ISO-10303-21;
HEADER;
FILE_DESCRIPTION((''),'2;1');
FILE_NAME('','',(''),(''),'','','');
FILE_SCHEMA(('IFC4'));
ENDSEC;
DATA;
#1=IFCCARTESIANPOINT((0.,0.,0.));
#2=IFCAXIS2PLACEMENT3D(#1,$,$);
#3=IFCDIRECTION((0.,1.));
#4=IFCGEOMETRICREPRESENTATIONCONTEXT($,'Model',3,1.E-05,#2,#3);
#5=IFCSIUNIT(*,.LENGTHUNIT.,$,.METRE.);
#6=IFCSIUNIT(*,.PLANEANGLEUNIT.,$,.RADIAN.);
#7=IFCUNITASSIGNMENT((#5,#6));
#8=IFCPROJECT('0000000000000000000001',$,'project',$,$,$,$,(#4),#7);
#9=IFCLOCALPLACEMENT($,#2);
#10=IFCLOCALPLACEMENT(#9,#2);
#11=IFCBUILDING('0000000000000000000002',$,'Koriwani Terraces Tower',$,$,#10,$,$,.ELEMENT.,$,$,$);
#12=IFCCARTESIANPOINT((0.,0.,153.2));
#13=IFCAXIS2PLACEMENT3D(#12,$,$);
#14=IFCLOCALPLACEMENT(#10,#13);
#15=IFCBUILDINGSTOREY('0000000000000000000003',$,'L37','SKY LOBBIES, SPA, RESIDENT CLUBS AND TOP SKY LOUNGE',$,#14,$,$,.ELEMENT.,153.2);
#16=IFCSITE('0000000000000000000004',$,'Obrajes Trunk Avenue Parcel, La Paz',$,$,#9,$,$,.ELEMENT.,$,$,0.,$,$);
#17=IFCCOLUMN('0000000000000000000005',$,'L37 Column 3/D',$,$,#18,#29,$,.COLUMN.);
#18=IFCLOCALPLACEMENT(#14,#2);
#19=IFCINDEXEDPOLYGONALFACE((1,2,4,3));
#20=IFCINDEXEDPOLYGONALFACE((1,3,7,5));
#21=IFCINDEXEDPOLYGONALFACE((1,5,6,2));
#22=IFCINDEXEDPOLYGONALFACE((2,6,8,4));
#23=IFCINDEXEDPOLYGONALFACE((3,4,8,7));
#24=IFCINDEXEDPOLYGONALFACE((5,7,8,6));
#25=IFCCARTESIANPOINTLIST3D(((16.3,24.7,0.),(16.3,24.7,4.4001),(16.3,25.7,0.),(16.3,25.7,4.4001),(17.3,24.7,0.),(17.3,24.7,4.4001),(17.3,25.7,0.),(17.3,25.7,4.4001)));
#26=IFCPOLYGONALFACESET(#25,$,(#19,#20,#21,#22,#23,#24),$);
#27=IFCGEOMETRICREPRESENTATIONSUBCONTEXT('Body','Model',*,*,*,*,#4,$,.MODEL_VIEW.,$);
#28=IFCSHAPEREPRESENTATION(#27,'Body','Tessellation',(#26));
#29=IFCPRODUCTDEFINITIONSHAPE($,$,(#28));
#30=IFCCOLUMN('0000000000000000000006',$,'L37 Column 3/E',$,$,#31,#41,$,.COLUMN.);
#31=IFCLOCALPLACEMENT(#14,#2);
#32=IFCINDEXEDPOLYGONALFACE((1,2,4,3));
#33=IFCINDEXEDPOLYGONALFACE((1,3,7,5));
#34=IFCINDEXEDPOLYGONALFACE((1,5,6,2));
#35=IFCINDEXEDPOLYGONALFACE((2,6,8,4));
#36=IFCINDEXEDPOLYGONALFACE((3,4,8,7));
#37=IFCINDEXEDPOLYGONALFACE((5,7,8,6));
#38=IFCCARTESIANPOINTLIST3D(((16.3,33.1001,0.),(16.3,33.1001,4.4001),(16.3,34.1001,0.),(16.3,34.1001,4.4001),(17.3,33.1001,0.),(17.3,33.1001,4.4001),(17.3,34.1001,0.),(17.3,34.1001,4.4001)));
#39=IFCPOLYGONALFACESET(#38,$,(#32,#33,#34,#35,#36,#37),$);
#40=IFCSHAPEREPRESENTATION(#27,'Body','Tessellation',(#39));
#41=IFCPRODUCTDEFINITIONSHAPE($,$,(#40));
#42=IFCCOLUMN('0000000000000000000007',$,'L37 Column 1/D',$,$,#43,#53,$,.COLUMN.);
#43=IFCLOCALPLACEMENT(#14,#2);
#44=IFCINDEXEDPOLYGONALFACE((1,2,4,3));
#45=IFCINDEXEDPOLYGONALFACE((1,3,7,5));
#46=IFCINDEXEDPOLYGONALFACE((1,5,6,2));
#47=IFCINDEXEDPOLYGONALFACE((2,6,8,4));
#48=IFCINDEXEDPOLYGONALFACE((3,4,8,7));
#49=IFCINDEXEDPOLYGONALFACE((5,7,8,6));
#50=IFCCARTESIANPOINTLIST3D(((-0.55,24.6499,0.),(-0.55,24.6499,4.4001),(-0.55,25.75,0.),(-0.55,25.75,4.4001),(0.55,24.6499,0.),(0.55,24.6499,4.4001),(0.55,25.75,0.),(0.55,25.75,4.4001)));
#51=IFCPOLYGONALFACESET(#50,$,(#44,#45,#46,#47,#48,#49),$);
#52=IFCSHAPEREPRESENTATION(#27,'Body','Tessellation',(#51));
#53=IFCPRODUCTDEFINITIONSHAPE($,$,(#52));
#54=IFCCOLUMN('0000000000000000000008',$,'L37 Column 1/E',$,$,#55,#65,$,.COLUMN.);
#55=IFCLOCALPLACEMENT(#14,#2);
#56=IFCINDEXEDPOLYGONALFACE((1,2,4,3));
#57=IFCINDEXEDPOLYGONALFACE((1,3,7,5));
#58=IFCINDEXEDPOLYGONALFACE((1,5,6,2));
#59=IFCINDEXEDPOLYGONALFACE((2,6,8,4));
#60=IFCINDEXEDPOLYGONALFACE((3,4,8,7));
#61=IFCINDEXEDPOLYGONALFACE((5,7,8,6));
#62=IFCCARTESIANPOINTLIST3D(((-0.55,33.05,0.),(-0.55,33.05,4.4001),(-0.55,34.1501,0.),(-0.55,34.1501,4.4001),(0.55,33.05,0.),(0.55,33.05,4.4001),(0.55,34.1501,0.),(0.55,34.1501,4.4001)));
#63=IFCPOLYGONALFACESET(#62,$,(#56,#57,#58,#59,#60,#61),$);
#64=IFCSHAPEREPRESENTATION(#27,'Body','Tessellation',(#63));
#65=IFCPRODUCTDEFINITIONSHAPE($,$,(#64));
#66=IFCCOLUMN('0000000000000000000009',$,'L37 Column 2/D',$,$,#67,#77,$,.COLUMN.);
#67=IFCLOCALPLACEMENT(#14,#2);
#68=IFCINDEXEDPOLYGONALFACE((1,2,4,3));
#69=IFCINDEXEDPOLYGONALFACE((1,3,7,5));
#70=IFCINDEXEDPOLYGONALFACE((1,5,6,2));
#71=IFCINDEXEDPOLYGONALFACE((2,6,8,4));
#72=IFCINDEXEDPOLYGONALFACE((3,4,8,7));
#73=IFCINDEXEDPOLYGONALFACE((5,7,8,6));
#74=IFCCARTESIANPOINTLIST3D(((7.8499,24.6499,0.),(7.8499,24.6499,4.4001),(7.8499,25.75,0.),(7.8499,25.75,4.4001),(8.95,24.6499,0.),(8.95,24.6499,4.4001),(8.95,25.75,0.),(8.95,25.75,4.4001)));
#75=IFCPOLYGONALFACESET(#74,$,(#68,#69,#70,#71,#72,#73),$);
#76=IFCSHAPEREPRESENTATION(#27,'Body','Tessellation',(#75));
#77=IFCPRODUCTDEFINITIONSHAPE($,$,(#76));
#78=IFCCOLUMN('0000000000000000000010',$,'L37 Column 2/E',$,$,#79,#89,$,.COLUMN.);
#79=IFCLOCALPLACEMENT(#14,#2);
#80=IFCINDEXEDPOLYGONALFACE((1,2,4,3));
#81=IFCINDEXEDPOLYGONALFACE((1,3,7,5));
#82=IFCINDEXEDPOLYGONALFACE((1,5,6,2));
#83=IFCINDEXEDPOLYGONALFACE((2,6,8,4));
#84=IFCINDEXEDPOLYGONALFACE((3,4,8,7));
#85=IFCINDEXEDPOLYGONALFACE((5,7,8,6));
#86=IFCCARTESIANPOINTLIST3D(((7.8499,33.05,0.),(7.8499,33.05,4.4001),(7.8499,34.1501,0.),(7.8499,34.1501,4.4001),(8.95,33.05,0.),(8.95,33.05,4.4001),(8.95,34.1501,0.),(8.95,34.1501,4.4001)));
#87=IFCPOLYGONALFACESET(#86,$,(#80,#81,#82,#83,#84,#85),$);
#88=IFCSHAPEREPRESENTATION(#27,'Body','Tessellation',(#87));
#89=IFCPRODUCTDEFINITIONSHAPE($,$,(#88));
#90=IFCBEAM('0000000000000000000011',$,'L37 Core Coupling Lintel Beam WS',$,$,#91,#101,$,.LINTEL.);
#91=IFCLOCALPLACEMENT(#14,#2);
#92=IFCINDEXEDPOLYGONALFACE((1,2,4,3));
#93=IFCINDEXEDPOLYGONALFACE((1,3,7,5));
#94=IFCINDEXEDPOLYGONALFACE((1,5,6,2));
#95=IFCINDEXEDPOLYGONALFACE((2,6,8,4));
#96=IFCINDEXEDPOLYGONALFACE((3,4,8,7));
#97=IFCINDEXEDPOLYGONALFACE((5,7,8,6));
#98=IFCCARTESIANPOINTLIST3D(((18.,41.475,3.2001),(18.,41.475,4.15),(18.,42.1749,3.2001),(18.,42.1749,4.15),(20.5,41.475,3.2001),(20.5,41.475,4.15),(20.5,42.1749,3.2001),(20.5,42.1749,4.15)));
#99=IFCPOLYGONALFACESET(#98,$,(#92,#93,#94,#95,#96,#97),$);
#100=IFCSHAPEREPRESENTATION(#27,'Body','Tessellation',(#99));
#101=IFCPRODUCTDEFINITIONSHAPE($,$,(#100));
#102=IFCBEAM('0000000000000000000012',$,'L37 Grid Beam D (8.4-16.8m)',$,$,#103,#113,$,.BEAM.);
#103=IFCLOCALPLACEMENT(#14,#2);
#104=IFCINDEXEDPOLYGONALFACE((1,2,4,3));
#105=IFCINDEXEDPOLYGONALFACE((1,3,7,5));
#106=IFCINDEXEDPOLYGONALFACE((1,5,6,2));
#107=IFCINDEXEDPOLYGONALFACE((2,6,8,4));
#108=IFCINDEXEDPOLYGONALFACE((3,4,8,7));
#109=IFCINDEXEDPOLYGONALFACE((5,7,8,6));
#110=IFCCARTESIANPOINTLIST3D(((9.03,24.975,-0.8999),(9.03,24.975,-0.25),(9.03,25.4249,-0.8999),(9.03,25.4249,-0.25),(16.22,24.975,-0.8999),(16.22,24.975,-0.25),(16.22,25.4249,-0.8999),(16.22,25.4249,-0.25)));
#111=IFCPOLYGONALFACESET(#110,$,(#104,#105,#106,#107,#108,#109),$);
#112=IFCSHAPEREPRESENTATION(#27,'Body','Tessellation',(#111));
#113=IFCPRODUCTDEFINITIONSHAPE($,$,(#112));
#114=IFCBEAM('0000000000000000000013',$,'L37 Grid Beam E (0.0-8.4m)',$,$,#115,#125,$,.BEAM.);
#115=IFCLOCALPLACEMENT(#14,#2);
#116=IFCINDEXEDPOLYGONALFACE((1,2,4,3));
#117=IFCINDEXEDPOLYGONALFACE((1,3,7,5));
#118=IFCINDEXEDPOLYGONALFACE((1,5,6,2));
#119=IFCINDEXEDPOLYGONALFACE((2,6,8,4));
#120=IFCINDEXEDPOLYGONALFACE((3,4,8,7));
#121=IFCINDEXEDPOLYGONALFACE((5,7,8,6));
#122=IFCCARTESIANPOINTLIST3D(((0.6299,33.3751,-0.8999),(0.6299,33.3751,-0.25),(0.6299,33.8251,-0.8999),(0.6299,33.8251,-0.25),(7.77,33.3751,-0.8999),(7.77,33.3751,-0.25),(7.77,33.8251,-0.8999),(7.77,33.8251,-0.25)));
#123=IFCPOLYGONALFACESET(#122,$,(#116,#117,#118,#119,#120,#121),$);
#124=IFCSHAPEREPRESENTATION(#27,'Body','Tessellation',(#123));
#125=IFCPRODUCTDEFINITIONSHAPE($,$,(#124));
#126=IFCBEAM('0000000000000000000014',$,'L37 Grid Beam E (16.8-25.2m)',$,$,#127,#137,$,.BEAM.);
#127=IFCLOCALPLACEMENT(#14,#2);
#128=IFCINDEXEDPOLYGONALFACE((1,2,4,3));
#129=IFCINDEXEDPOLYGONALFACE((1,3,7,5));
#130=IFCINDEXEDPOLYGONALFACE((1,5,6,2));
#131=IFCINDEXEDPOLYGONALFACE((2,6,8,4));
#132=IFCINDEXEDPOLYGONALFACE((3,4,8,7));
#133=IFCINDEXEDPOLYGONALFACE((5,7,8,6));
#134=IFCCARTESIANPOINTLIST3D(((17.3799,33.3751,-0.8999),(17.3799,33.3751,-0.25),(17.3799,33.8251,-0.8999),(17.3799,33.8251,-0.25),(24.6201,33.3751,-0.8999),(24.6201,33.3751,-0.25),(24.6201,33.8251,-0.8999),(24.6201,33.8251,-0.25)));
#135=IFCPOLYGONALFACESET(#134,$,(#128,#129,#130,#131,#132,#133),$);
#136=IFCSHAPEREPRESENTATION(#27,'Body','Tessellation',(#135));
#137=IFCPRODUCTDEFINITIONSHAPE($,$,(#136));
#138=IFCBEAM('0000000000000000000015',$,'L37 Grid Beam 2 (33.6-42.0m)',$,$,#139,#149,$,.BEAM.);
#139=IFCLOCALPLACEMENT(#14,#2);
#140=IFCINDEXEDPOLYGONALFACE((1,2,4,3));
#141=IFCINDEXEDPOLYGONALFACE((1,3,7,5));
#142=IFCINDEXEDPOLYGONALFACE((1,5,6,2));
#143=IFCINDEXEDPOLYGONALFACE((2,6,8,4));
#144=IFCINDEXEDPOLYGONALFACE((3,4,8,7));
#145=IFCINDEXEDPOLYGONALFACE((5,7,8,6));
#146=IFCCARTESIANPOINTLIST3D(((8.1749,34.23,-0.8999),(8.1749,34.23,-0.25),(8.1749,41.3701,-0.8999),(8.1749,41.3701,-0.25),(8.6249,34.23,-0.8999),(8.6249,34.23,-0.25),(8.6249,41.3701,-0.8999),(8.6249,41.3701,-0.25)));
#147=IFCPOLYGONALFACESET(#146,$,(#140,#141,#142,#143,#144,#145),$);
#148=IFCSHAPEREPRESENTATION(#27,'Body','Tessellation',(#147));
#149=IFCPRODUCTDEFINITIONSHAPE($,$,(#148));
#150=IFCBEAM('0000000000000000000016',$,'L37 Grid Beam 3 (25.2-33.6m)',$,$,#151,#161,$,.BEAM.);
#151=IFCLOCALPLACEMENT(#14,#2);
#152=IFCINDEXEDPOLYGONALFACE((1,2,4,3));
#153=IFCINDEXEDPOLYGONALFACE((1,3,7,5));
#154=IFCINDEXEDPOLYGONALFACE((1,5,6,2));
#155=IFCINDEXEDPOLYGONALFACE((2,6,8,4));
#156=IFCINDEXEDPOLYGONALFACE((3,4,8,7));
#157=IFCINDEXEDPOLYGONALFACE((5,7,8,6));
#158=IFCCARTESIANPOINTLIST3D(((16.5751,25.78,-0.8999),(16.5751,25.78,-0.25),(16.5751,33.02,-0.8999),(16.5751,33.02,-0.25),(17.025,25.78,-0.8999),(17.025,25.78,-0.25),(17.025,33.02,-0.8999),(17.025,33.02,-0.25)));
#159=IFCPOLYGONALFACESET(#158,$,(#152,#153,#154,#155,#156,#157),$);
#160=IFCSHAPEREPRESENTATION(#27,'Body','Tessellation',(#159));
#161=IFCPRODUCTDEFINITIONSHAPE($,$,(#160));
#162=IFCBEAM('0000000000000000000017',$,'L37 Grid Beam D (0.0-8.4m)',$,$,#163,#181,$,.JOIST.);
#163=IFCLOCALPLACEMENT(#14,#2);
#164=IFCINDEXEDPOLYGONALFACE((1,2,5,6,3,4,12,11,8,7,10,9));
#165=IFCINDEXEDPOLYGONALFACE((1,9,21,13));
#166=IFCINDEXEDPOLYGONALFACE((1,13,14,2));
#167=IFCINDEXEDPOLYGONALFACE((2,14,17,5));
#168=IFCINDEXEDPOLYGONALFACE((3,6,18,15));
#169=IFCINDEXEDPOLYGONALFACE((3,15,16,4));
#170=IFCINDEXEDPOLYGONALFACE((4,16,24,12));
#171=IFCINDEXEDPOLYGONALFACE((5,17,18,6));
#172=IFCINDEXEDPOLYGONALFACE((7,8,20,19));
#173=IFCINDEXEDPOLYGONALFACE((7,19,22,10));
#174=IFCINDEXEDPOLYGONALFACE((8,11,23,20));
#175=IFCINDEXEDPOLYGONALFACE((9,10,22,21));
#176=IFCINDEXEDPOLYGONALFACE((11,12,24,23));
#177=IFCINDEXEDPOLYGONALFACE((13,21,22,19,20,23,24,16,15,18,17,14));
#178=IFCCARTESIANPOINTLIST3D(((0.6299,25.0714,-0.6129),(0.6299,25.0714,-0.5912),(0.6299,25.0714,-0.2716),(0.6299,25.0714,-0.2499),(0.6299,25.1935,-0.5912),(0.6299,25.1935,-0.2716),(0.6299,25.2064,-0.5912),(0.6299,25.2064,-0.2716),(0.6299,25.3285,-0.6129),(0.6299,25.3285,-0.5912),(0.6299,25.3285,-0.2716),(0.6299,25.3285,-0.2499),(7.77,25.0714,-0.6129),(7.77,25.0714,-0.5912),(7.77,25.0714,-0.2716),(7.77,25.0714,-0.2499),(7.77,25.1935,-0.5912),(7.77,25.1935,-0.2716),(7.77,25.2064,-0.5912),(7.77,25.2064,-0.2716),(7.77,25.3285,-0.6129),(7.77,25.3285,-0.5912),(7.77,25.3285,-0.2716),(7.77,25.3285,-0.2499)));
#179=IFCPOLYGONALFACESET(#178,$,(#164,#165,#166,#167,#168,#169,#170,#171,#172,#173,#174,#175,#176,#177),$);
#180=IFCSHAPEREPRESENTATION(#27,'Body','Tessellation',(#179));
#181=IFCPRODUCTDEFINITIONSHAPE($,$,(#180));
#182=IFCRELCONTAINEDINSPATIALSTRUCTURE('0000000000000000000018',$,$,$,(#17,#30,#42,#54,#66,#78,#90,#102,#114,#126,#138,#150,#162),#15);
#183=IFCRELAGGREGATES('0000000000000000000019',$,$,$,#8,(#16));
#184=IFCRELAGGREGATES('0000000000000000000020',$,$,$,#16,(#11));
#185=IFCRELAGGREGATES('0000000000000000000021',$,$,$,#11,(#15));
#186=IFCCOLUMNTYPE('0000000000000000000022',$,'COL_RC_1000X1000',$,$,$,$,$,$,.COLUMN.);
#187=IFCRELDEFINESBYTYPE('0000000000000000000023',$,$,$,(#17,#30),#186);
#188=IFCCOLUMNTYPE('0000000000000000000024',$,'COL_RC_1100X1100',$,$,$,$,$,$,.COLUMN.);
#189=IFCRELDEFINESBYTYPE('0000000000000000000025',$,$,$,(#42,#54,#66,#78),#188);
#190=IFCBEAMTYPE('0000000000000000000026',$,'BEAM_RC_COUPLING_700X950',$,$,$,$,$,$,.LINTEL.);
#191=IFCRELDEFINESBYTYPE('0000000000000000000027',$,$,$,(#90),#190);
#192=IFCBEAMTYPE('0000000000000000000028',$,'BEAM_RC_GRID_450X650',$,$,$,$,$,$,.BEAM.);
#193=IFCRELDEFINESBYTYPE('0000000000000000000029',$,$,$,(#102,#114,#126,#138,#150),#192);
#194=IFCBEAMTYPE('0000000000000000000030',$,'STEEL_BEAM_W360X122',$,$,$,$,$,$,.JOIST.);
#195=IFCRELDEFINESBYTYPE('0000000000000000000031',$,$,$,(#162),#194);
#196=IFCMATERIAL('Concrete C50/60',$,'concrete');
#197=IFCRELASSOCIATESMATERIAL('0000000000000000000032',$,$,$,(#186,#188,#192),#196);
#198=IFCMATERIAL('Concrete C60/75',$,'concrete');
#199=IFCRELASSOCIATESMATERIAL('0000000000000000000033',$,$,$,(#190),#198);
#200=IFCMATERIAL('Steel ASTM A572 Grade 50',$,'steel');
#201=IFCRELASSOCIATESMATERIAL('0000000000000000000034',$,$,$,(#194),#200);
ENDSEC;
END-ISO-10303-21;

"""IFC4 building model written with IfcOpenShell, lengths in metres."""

from ifc_helpers import new_model, si_unit, direction, frame, origin, origin_2d, place, context, subcontext, project, spatial, rectangle, i_section, extrude, material, material_profile, profile_set, type_object, element, save


model = new_model("IFC4")

# Units and contexts
model_context = context("Model", 3, precision=1e-05, world=origin(), true_north=direction((0.0, 1.0)))
body_context = subcontext(model_context, "Body", "Model", "MODEL_VIEW")
ifc_project = project(units=[si_unit("LENGTHUNIT", "METRE"), si_unit("PLANEANGLEUNIT", "RADIAN")], contexts=[model_context])

# Site, building, storey
site_placement = place(None, origin())
site = spatial("IfcSite", under=ifc_project, at=site_placement, Name="Obrajes Trunk Avenue Parcel, La Paz", CompositionType="ELEMENT", RefElevation=0.0)
building_placement = place(site_placement, origin())
building = spatial("IfcBuilding", under=site, at=building_placement, Name="Koriwani Terraces Tower", CompositionType="ELEMENT")
storey_placement = place(building_placement, frame((0.0, 0.0, 153.2)))
storey = spatial("IfcBuildingStorey", under=building, at=storey_placement, Name="L37", Description="SKY LOBBIES, SPA, RESIDENT CLUBS AND TOP SKY LOUNGE", CompositionType="ELEMENT", Elevation=153.2)

# Columns
ifc_material_1 = material(Name="Concrete C50/60", Category="concrete")
ifc_material_profile_1 = material_profile(ifc_material_1, rectangle(XDim=1.0, YDim=1.0, at=origin_2d()), Name="Concrete C50/60", Category="LoadBearing")
ifc_profile_set_1 = profile_set([ifc_material_profile_1], Name="Concrete C50/60")
column_type_1 = type_object("IfcColumnType", Name="COL_RC_1000X1000", PredefinedType="COLUMN", material=ifc_profile_set_1)
for number, where, z_axis, x_axis, name in (
    (1, (16.8, 25.2, 0.0), (0.0, 0.0, 1.0), (1.0, 0.0, 0.0), "L37 Column 3/D"),
    (2, (16.8, 33.6001, 0.0), (0.0, 0.0, 1.0), (1.0, 0.0, 0.0), "L37 Column 3/E"),
):
    element("IfcColumn", number, at=place(storey_placement, frame(where, z_axis=z_axis, x_axis=x_axis)), inside=storey, type_object=column_type_1, Name=name, PredefinedType="COLUMN", context=body_context, shape_type="SweptSolid", body=[
        extrude(rectangle(XDim=1.0, YDim=1.0, at=origin_2d()), origin(), (0.0, 0.0, 1.0), 4.4001),
    ])
ifc_material_profile_2 = material_profile(ifc_material_1, rectangle(XDim=1.1001, YDim=1.1001, at=origin_2d()), Name="Concrete C50/60", Category="LoadBearing")
ifc_profile_set_2 = profile_set([ifc_material_profile_2], Name="Concrete C50/60")
column_type_2 = type_object("IfcColumnType", Name="COL_RC_1100X1100", PredefinedType="COLUMN", material=ifc_profile_set_2)
for number, where, z_axis, x_axis, name in (
    (3, (0.0, 25.2, 0.0), (0.0, 0.0, 1.0), (1.0, 0.0, 0.0), "L37 Column 1/D"),
    (4, (0.0, 33.6001, 0.0), (0.0, 0.0, 1.0), (1.0, 0.0, 0.0), "L37 Column 1/E"),
    (5, (8.3999, 25.2, 0.0), (0.0, 0.0, 1.0), (1.0, 0.0, 0.0), "L37 Column 2/D"),
    (6, (8.3999, 33.6001, 0.0), (0.0, 0.0, 1.0), (1.0, 0.0, 0.0), "L37 Column 2/E"),
):
    element("IfcColumn", number, at=place(storey_placement, frame(where, z_axis=z_axis, x_axis=x_axis)), inside=storey, type_object=column_type_2, Name=name, PredefinedType="COLUMN", context=body_context, shape_type="SweptSolid", body=[
        extrude(rectangle(XDim=1.1001, YDim=1.1001, at=origin_2d()), origin(), (0.0, 0.0, 1.0), 4.4001),
    ])

# Beams
ifc_material_2 = material(Name="Concrete C60/75", Category="concrete")
ifc_material_profile_3 = material_profile(ifc_material_2, rectangle(XDim=0.7, YDim=0.95, at=origin_2d()), Name="Concrete C60/75", Category="LoadBearing")
ifc_profile_set_3 = profile_set([ifc_material_profile_3], Name="Concrete C60/75")
beam_type_1 = type_object("IfcBeamType", Name="BEAM_RC_COUPLING_700X950", PredefinedType="LINTEL", material=ifc_profile_set_3)
beam_1_placement = place(storey_placement, frame((18.0, 41.825, 3.675), z_axis=(1.0, 0.0, 0.0), x_axis=(0.0, 1.0, 0.0)))
element("IfcBeam", 7, at=beam_1_placement, inside=storey, type_object=beam_type_1, Name="L37 Core Coupling Lintel Beam WS", PredefinedType="LINTEL", context=body_context, shape_type="SweptSolid", body=[
    extrude(rectangle(XDim=0.7, YDim=0.95, at=origin_2d()), origin(), (0.0, 0.0, 1.0), 2.5),
])
ifc_material_profile_4 = material_profile(ifc_material_1, rectangle(XDim=0.45, YDim=0.6499, at=origin_2d()), Name="Concrete C50/60", Category="LoadBearing")
ifc_profile_set_4 = profile_set([ifc_material_profile_4], Name="Concrete C50/60")
beam_type_2 = type_object("IfcBeamType", Name="BEAM_RC_GRID_450X650", PredefinedType="BEAM", material=ifc_profile_set_4)
beam_2_placement = place(storey_placement, frame((9.03, 25.2, -0.575), z_axis=(1.0, 0.0, 0.0), x_axis=(0.0, 1.0, 0.0)))
element("IfcBeam", 8, at=beam_2_placement, inside=storey, type_object=beam_type_2, Name="L37 Grid Beam D (8.4-16.8m)", PredefinedType="BEAM", context=body_context, shape_type="SweptSolid", body=[
    extrude(rectangle(XDim=0.45, YDim=0.6499, at=origin_2d()), origin(), (0.0, 0.0, 1.0), 7.1899),
])
beam_3_placement = place(storey_placement, frame((0.6299, 33.6001, -0.575), z_axis=(1.0, 0.0, 0.0), x_axis=(0.0, 1.0, 0.0)))
element("IfcBeam", 9, at=beam_3_placement, inside=storey, type_object=beam_type_2, Name="L37 Grid Beam E (0.0-8.4m)", PredefinedType="BEAM", context=body_context, shape_type="SweptSolid", body=[
    extrude(rectangle(XDim=0.45, YDim=0.6499, at=origin_2d()), origin(), (0.0, 0.0, 1.0), 7.1401),
])
beam_4_placement = place(storey_placement, frame((17.3799, 33.6001, -0.575), z_axis=(1.0, 0.0, 0.0), x_axis=(0.0, 1.0, 0.0)))
element("IfcBeam", 10, at=beam_4_placement, inside=storey, type_object=beam_type_2, Name="L37 Grid Beam E (16.8-25.2m)", PredefinedType="BEAM", context=body_context, shape_type="SweptSolid", body=[
    extrude(rectangle(XDim=0.45, YDim=0.6499, at=origin_2d()), origin(), (0.0, 0.0, 1.0), 7.2402),
])
beam_5_placement = place(storey_placement, frame((8.3999, 34.23, -0.575), z_axis=(0.0, 1.0, 0.0), x_axis=(-1.0, 0.0, 0.0)))
element("IfcBeam", 11, at=beam_5_placement, inside=storey, type_object=beam_type_2, Name="L37 Grid Beam 2 (33.6-42.0m)", PredefinedType="BEAM", context=body_context, shape_type="SweptSolid", body=[
    extrude(rectangle(XDim=0.45, YDim=0.6499, at=origin_2d()), origin(), (0.0, 0.0, 1.0), 7.1401),
])
beam_6_placement = place(storey_placement, frame((16.8, 25.78, -0.575), z_axis=(0.0, 1.0, 0.0), x_axis=(-1.0, 0.0, 0.0)))
element("IfcBeam", 12, at=beam_6_placement, inside=storey, type_object=beam_type_2, Name="L37 Grid Beam 3 (25.2-33.6m)", PredefinedType="BEAM", context=body_context, shape_type="SweptSolid", body=[
    extrude(rectangle(XDim=0.45, YDim=0.6499, at=origin_2d()), origin(), (0.0, 0.0, 1.0), 7.24),
])
ifc_material_3 = material(Name="Steel ASTM A572 Grade 50", Category="steel")
ifc_material_profile_5 = material_profile(ifc_material_3, i_section(OverallWidth=0.2571, OverallDepth=0.363, WebThickness=0.0129, FlangeThickness=0.0217, at=origin_2d()), Name="Steel ASTM A572 Grade 50", Category="LoadBearing")
ifc_profile_set_5 = profile_set([ifc_material_profile_5], Name="Steel ASTM A572 Grade 50")
beam_type_3 = type_object("IfcBeamType", Name="STEEL_BEAM_W360X122", PredefinedType="JOIST", material=ifc_profile_set_5)
beam_7_placement = place(storey_placement, frame((0.6299, 25.2, -0.4314), z_axis=(1.0, 0.0, 0.0), x_axis=(0.0, 1.0, 0.0)))
element("IfcBeam", 13, at=beam_7_placement, inside=storey, type_object=beam_type_3, Name="L37 Grid Beam D (0.0-8.4m)", PredefinedType="JOIST", context=body_context, shape_type="SweptSolid", body=[
    extrude(i_section(OverallWidth=0.2571, OverallDepth=0.363, WebThickness=0.0129, FlangeThickness=0.0217, at=origin_2d()), origin(), (0.0, 0.0, 1.0), 7.1401),
])

save(model, "model.ifc")
